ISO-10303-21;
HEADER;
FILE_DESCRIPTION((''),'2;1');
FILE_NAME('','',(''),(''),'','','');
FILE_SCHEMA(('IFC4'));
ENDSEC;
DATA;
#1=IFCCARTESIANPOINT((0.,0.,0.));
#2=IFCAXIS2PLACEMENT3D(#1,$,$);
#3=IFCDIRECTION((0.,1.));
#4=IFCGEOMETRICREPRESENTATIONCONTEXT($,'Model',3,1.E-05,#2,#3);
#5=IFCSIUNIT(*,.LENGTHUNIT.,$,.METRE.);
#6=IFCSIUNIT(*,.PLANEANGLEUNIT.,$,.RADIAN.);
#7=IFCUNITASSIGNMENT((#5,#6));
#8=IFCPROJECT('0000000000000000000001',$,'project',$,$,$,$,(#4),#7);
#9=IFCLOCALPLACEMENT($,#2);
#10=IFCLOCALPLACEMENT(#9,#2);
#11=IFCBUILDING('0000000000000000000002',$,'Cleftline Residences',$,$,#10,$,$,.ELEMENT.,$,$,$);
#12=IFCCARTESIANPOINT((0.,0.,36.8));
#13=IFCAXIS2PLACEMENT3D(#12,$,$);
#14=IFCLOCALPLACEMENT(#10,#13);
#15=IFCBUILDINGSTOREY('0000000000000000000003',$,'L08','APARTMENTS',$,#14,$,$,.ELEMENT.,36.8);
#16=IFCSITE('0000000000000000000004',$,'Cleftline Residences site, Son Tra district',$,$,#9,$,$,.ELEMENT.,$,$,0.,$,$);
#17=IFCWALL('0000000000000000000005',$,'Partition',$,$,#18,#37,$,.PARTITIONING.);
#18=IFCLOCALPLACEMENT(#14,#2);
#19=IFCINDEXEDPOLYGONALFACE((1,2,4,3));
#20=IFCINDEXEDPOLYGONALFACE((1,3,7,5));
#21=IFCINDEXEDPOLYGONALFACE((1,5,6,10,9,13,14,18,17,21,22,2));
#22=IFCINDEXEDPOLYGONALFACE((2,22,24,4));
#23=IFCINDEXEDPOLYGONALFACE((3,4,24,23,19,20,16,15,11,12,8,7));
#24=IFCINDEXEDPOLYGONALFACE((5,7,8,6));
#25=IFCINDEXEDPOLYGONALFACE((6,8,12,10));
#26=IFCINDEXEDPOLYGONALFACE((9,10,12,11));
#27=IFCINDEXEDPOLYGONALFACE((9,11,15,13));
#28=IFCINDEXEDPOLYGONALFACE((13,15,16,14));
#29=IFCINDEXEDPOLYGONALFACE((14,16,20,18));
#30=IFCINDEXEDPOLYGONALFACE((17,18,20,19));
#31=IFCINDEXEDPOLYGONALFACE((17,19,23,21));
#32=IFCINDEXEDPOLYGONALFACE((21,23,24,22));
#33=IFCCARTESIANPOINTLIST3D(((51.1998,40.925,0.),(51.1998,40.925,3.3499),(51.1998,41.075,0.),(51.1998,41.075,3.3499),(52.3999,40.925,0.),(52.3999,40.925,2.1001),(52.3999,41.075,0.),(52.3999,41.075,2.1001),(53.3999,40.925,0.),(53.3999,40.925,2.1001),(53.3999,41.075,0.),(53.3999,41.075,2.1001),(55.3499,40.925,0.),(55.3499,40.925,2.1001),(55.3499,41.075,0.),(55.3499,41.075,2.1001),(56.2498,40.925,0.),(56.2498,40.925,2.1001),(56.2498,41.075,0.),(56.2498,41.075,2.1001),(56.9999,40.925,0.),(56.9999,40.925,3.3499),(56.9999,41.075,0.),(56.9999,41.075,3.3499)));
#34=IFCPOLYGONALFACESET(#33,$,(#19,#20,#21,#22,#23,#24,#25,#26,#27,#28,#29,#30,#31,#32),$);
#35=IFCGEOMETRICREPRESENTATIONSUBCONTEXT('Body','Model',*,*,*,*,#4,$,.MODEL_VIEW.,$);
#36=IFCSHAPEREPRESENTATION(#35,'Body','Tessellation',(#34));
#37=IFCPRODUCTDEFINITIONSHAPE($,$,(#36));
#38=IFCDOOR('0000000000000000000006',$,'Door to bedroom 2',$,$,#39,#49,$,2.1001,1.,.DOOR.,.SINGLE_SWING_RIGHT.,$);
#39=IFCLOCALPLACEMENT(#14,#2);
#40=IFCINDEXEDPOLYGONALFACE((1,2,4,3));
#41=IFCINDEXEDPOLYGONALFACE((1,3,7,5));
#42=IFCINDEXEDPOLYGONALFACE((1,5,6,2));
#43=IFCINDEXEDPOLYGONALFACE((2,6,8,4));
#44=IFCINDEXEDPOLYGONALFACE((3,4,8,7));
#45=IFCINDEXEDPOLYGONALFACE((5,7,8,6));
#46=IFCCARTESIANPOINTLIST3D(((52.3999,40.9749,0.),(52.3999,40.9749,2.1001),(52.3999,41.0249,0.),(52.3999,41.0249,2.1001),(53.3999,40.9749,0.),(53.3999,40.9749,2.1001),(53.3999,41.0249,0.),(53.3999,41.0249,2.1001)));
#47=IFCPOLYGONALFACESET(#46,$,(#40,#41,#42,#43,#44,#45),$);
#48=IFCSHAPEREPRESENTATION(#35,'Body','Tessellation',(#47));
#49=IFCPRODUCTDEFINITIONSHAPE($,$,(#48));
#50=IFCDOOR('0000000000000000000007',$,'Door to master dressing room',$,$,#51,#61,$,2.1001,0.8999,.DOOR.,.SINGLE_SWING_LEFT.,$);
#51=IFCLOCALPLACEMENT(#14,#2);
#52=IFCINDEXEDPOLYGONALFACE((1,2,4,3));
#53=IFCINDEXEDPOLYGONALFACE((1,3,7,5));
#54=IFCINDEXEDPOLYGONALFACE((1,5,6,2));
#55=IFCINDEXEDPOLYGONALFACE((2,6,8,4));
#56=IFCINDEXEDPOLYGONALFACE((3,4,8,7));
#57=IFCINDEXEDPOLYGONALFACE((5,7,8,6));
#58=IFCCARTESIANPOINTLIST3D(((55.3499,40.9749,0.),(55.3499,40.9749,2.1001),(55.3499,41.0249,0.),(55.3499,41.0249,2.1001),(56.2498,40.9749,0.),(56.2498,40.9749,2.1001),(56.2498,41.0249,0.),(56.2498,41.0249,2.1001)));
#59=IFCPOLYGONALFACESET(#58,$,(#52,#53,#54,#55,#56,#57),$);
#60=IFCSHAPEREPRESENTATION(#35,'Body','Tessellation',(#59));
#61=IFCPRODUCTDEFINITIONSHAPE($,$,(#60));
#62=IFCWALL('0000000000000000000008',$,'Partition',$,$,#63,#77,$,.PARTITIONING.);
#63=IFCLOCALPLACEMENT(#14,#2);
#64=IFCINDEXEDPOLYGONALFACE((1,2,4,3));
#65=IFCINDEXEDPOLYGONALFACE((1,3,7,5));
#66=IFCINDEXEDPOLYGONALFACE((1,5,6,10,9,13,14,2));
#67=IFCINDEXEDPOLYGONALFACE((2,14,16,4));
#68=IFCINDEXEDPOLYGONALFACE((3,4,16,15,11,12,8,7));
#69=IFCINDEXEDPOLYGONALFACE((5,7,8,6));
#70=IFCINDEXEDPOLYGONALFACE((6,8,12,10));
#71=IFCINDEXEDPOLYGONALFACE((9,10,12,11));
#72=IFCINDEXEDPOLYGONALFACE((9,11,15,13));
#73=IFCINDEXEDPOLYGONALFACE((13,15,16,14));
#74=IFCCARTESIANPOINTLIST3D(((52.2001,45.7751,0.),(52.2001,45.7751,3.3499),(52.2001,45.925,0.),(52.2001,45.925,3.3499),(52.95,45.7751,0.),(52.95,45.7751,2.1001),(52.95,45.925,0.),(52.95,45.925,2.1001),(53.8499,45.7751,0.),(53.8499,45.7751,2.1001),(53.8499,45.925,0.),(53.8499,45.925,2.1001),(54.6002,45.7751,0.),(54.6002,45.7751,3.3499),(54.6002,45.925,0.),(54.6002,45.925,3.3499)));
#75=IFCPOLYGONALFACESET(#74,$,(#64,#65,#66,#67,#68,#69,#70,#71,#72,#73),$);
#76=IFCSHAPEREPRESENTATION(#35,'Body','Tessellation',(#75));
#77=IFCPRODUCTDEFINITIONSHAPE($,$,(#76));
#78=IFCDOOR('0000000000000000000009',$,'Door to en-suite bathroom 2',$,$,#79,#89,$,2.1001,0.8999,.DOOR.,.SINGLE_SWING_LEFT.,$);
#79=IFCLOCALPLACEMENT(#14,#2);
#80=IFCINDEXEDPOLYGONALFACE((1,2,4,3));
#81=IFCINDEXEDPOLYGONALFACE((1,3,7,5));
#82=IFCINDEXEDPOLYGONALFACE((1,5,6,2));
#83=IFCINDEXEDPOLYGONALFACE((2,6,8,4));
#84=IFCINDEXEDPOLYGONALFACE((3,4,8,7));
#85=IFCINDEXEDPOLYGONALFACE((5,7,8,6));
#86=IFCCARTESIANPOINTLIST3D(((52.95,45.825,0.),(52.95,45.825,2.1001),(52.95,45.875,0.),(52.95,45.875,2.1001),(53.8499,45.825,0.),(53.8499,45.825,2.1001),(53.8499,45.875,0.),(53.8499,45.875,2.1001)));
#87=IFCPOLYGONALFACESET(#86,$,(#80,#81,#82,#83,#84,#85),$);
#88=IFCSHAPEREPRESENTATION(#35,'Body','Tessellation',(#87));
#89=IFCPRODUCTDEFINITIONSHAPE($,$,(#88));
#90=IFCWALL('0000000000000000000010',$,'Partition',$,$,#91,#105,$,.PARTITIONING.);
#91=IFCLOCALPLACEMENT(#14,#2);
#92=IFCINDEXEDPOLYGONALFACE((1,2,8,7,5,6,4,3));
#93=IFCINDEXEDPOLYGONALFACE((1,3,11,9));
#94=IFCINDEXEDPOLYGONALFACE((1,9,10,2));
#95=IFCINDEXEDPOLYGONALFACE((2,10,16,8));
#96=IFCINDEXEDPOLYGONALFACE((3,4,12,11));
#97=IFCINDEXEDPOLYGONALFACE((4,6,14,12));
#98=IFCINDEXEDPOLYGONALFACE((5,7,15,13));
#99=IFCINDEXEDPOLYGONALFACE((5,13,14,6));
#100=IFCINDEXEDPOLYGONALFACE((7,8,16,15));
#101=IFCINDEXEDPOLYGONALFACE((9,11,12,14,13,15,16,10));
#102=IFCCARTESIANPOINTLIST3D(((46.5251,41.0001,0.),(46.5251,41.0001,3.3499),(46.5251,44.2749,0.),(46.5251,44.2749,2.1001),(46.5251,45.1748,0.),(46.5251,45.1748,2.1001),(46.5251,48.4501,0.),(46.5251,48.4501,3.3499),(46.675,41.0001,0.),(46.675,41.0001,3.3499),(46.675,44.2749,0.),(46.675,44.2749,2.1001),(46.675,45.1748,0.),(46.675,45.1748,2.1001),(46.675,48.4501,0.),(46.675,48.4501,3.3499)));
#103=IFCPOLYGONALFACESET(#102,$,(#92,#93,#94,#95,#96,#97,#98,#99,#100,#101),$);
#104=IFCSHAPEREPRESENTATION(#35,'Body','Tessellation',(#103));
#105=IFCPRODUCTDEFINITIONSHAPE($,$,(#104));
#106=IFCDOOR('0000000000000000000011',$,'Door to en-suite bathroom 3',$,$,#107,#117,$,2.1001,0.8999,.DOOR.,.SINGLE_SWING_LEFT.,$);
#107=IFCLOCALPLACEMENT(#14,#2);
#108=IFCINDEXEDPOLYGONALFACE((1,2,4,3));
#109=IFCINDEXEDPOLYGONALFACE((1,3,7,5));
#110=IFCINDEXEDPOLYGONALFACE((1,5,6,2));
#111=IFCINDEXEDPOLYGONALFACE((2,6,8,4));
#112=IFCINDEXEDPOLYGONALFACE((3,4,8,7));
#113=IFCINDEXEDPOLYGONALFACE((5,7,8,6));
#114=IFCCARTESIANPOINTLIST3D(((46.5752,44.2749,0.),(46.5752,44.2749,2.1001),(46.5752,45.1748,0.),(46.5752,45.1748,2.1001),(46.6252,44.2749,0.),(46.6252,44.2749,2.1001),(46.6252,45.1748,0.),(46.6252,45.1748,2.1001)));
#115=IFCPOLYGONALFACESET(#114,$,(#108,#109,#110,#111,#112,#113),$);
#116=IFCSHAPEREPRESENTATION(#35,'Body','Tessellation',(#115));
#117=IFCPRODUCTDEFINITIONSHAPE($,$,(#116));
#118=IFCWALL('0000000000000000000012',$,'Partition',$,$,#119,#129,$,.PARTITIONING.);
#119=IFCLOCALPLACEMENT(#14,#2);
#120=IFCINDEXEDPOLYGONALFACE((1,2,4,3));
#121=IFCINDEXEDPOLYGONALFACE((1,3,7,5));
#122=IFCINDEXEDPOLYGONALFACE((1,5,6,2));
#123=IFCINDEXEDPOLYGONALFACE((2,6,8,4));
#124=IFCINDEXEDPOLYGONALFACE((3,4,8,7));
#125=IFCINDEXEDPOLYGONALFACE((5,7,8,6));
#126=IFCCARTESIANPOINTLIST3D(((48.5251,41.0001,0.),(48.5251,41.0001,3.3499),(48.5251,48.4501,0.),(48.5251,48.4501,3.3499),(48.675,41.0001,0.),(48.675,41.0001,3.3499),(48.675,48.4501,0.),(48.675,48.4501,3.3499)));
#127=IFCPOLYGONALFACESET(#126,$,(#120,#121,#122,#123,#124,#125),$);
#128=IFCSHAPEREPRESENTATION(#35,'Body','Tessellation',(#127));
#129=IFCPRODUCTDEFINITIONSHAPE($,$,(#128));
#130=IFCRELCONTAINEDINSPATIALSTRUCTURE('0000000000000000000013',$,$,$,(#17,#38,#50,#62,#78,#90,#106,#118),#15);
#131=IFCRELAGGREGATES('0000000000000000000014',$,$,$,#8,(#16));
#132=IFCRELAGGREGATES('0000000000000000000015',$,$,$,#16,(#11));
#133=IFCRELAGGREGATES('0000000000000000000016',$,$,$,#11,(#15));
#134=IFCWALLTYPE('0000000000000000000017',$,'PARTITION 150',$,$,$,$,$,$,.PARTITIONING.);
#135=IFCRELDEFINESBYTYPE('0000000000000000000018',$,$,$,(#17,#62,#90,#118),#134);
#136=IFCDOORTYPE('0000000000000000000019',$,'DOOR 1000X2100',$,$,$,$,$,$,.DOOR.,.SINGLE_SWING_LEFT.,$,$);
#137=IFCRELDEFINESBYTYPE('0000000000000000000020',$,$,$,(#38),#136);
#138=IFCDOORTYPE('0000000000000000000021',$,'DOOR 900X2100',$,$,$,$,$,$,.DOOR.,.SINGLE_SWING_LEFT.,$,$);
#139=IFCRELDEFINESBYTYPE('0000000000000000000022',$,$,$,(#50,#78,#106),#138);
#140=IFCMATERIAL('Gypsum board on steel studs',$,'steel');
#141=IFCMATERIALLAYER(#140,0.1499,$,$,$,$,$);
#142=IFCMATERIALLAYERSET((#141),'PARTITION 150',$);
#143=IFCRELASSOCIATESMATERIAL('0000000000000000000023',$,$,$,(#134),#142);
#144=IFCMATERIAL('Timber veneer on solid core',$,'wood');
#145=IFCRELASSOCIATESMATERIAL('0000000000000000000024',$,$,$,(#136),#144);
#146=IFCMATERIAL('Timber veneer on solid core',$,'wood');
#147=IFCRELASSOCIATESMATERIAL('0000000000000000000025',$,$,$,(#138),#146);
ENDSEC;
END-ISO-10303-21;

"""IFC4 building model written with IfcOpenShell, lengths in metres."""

from ifc_helpers import new_model, si_unit, direction, frame, frame_2d, origin, place, context, subcontext, project, spatial, rectangle, extrude, material, layer, layer_set, type_object, element, fill, save


model = new_model("IFC4")

# Units and contexts
model_context = context("Model", 3, precision=1e-05, world=origin(), true_north=direction((0.0, 1.0)))
body_context = subcontext(model_context, "Body", "Model", "MODEL_VIEW")
ifc_project = project(units=[si_unit("LENGTHUNIT", "METRE"), si_unit("PLANEANGLEUNIT", "RADIAN")], contexts=[model_context])

# Site, building, storey
site_placement = place(None, origin())
site = spatial("IfcSite", under=ifc_project, at=site_placement, Name="Cleftline Residences site, Son Tra district", CompositionType="ELEMENT", RefElevation=0.0)
building_placement = place(site_placement, origin())
building = spatial("IfcBuilding", under=site, at=building_placement, Name="Cleftline Residences", CompositionType="ELEMENT")
storey_placement = place(building_placement, frame((0.0, 0.0, 36.8)))
storey = spatial("IfcBuildingStorey", under=building, at=storey_placement, Name="L08", Description="APARTMENTS", CompositionType="ELEMENT", Elevation=36.8)

# Shared definitions
ifc_material_1 = material(Name="Gypsum board on steel studs", Category="steel")
ifc_layer_1 = layer(ifc_material_1, 0.1499)
ifc_layer_set_1 = layer_set([ifc_layer_1], Name="PARTITION 150")
wall_type = type_object("IfcWallType", Name="PARTITION 150", PredefinedType="PARTITIONING", material=ifc_layer_set_1)
ifc_material_2 = material(Name="Timber veneer on solid core", Category="wood")
door_type_1 = type_object("IfcDoorType", Name="DOOR 1000X2100", OperationType="SINGLE_SWING_LEFT", PredefinedType="DOOR", material=ifc_material_2)
ifc_material_3 = material(Name="Timber veneer on solid core", Category="wood")
door_type_2 = type_object("IfcDoorType", Name="DOOR 900X2100", OperationType="SINGLE_SWING_LEFT", PredefinedType="DOOR", material=ifc_material_3)

# Wall, openings, doors
wall_1_placement = place(storey_placement, frame((51.2, 41.0, 0.0), z_axis=(0.0, 0.0, 1.0), x_axis=(1.0, 0.0, 0.0)))
wall_1 = element("IfcWall", 1, at=wall_1_placement, inside=storey, type_object=wall_type, Name="Partition", PredefinedType="PARTITIONING", context=body_context, shape_type="SweptSolid", body=[
    extrude(rectangle(XDim=5.8, YDim=0.1499, at=frame_2d((2.8999, 0.0))), origin(), (0.0, 0.0, 1.0), 3.3499),
])
opening_1_placement = place(wall_1_placement, frame((4.1499, 0.0, 0.0)))
opening_1 = element("IfcOpeningElement", 2, at=opening_1_placement, cuts=wall_1, PredefinedType="OPENING", context=body_context, shape_type="SweptSolid", body=[
    extrude(rectangle(XDim=0.8999, YDim=2.1001, at=frame_2d((0.45, 1.05))), frame((0.0, 0.085, 0.0), z_axis=(0.0, -1.0, 0.0), x_axis=(1.0, 0.0, 0.0)), (0.0, 0.0, 1.0), 0.1699),
])
opening_2_placement = place(wall_1_placement, frame((1.2, 0.0, 0.0)))
opening_2 = element("IfcOpeningElement", 3, at=opening_2_placement, cuts=wall_1, PredefinedType="OPENING", context=body_context, shape_type="SweptSolid", body=[
    extrude(rectangle(XDim=1.0, YDim=2.1001, at=frame_2d((0.5, 1.05))), frame((0.0, 0.085, 0.0), z_axis=(0.0, -1.0, 0.0), x_axis=(1.0, 0.0, 0.0)), (0.0, 0.0, 1.0), 0.1699),
])
door_1_placement = place(opening_2_placement, origin())
door_1 = element("IfcDoor", 4, at=door_1_placement, inside=storey, type_object=door_type_1, Name="Door to bedroom 2", OperationType="SINGLE_SWING_RIGHT", OverallHeight=2.1001, OverallWidth=1.0, PredefinedType="DOOR", context=body_context, shape_type="SweptSolid", body=[
    extrude(rectangle(XDim=1.0, YDim=2.1001, at=frame_2d((0.5, 1.05))), frame((0.0, 0.0249, 0.0), z_axis=(0.0, -1.0, 0.0), x_axis=(1.0, 0.0, 0.0)), (0.0, 0.0, 1.0), 0.05),
])
fill(opening_2, door_1)
door_2_placement = place(opening_1_placement, origin())
door_2 = element("IfcDoor", 5, at=door_2_placement, inside=storey, type_object=door_type_2, Name="Door to master dressing room", OperationType="SINGLE_SWING_LEFT", OverallHeight=2.1001, OverallWidth=0.8999, PredefinedType="DOOR", context=body_context, shape_type="SweptSolid", body=[
    extrude(rectangle(XDim=0.8999, YDim=2.1001, at=frame_2d((0.45, 1.05))), frame((0.0, 0.0249, 0.0), z_axis=(0.0, -1.0, 0.0), x_axis=(1.0, 0.0, 0.0)), (0.0, 0.0, 1.0), 0.05),
])
fill(opening_1, door_2)

# Walls, openings, doors
wall_2_placement = place(storey_placement, frame((52.2, 45.8501, 0.0), z_axis=(0.0, 0.0, 1.0), x_axis=(1.0, 0.0, 0.0)))
wall_2 = element("IfcWall", 6, at=wall_2_placement, inside=storey, type_object=wall_type, Name="Partition", PredefinedType="PARTITIONING", context=body_context, shape_type="SweptSolid", body=[
    extrude(rectangle(XDim=2.4001, YDim=0.1499, at=frame_2d((1.2002, 0.0))), origin(), (0.0, 0.0, 1.0), 3.3499),
])
opening_3_placement = place(wall_2_placement, frame((0.75, 0.0, 0.0)))
opening_3 = element("IfcOpeningElement", 7, at=opening_3_placement, cuts=wall_2, PredefinedType="OPENING", context=body_context, shape_type="SweptSolid", body=[
    extrude(rectangle(XDim=0.8999, YDim=2.1001, at=frame_2d((0.45, 1.05))), frame((0.0, 0.085, 0.0), z_axis=(0.0, -1.0, 0.0), x_axis=(1.0, 0.0, 0.0)), (0.0, 0.0, 1.0), 0.1699),
])
door_3_placement = place(opening_3_placement, origin())
door_3 = element("IfcDoor", 8, at=door_3_placement, inside=storey, type_object=door_type_2, Name="Door to en-suite bathroom 2", OperationType="SINGLE_SWING_LEFT", OverallHeight=2.1001, OverallWidth=0.8999, PredefinedType="DOOR", context=body_context, shape_type="SweptSolid", body=[
    extrude(rectangle(XDim=0.8999, YDim=2.1001, at=frame_2d((0.45, 1.05))), frame((0.0, 0.0249, 0.0), z_axis=(0.0, -1.0, 0.0), x_axis=(1.0, 0.0, 0.0)), (0.0, 0.0, 1.0), 0.05),
])
fill(opening_3, door_3)
wall_3_placement = place(storey_placement, frame((46.6001, 41.0, 0.0), z_axis=(0.0, 0.0, 1.0), x_axis=(0.0, 1.0, 0.0)))
wall_3 = element("IfcWall", 9, at=wall_3_placement, inside=storey, type_object=wall_type, Name="Partition", PredefinedType="PARTITIONING", context=body_context, shape_type="SweptSolid", body=[
    extrude(rectangle(XDim=7.45, YDim=0.1499, at=frame_2d((3.7251, 0.0))), origin(), (0.0, 0.0, 1.0), 3.3499),
])
opening_4_placement = place(wall_3_placement, frame((3.2749, 0.0, 0.0)))
opening_4 = element("IfcOpeningElement", 10, at=opening_4_placement, cuts=wall_3, PredefinedType="OPENING", context=body_context, shape_type="SweptSolid", body=[
    extrude(rectangle(XDim=0.8999, YDim=2.1001, at=frame_2d((0.45, 1.05))), frame((0.0, 0.085, 0.0), z_axis=(0.0, -1.0, 0.0), x_axis=(1.0, 0.0, 0.0)), (0.0, 0.0, 1.0), 0.1699),
])
door_4_placement = place(opening_4_placement, origin())
door_4 = element("IfcDoor", 11, at=door_4_placement, inside=storey, type_object=door_type_2, Name="Door to en-suite bathroom 3", OperationType="SINGLE_SWING_LEFT", OverallHeight=2.1001, OverallWidth=0.8999, PredefinedType="DOOR", context=body_context, shape_type="SweptSolid", body=[
    extrude(rectangle(XDim=0.8999, YDim=2.1001, at=frame_2d((0.45, 1.05))), frame((0.0, 0.0249, 0.0), z_axis=(0.0, -1.0, 0.0), x_axis=(1.0, 0.0, 0.0)), (0.0, 0.0, 1.0), 0.05),
])
fill(opening_4, door_4)

# Wall
wall_4_placement = place(storey_placement, frame((48.6001, 41.0, 0.0), z_axis=(0.0, 0.0, 1.0), x_axis=(0.0, 1.0, 0.0)))
element("IfcWall", 12, at=wall_4_placement, inside=storey, type_object=wall_type, Name="Partition", PredefinedType="PARTITIONING", context=body_context, shape_type="SweptSolid", body=[
    extrude(rectangle(XDim=7.45, YDim=0.1499, at=frame_2d((3.7251, 0.0))), origin(), (0.0, 0.0, 1.0), 3.3499),
])

save(model, "model.ifc")
